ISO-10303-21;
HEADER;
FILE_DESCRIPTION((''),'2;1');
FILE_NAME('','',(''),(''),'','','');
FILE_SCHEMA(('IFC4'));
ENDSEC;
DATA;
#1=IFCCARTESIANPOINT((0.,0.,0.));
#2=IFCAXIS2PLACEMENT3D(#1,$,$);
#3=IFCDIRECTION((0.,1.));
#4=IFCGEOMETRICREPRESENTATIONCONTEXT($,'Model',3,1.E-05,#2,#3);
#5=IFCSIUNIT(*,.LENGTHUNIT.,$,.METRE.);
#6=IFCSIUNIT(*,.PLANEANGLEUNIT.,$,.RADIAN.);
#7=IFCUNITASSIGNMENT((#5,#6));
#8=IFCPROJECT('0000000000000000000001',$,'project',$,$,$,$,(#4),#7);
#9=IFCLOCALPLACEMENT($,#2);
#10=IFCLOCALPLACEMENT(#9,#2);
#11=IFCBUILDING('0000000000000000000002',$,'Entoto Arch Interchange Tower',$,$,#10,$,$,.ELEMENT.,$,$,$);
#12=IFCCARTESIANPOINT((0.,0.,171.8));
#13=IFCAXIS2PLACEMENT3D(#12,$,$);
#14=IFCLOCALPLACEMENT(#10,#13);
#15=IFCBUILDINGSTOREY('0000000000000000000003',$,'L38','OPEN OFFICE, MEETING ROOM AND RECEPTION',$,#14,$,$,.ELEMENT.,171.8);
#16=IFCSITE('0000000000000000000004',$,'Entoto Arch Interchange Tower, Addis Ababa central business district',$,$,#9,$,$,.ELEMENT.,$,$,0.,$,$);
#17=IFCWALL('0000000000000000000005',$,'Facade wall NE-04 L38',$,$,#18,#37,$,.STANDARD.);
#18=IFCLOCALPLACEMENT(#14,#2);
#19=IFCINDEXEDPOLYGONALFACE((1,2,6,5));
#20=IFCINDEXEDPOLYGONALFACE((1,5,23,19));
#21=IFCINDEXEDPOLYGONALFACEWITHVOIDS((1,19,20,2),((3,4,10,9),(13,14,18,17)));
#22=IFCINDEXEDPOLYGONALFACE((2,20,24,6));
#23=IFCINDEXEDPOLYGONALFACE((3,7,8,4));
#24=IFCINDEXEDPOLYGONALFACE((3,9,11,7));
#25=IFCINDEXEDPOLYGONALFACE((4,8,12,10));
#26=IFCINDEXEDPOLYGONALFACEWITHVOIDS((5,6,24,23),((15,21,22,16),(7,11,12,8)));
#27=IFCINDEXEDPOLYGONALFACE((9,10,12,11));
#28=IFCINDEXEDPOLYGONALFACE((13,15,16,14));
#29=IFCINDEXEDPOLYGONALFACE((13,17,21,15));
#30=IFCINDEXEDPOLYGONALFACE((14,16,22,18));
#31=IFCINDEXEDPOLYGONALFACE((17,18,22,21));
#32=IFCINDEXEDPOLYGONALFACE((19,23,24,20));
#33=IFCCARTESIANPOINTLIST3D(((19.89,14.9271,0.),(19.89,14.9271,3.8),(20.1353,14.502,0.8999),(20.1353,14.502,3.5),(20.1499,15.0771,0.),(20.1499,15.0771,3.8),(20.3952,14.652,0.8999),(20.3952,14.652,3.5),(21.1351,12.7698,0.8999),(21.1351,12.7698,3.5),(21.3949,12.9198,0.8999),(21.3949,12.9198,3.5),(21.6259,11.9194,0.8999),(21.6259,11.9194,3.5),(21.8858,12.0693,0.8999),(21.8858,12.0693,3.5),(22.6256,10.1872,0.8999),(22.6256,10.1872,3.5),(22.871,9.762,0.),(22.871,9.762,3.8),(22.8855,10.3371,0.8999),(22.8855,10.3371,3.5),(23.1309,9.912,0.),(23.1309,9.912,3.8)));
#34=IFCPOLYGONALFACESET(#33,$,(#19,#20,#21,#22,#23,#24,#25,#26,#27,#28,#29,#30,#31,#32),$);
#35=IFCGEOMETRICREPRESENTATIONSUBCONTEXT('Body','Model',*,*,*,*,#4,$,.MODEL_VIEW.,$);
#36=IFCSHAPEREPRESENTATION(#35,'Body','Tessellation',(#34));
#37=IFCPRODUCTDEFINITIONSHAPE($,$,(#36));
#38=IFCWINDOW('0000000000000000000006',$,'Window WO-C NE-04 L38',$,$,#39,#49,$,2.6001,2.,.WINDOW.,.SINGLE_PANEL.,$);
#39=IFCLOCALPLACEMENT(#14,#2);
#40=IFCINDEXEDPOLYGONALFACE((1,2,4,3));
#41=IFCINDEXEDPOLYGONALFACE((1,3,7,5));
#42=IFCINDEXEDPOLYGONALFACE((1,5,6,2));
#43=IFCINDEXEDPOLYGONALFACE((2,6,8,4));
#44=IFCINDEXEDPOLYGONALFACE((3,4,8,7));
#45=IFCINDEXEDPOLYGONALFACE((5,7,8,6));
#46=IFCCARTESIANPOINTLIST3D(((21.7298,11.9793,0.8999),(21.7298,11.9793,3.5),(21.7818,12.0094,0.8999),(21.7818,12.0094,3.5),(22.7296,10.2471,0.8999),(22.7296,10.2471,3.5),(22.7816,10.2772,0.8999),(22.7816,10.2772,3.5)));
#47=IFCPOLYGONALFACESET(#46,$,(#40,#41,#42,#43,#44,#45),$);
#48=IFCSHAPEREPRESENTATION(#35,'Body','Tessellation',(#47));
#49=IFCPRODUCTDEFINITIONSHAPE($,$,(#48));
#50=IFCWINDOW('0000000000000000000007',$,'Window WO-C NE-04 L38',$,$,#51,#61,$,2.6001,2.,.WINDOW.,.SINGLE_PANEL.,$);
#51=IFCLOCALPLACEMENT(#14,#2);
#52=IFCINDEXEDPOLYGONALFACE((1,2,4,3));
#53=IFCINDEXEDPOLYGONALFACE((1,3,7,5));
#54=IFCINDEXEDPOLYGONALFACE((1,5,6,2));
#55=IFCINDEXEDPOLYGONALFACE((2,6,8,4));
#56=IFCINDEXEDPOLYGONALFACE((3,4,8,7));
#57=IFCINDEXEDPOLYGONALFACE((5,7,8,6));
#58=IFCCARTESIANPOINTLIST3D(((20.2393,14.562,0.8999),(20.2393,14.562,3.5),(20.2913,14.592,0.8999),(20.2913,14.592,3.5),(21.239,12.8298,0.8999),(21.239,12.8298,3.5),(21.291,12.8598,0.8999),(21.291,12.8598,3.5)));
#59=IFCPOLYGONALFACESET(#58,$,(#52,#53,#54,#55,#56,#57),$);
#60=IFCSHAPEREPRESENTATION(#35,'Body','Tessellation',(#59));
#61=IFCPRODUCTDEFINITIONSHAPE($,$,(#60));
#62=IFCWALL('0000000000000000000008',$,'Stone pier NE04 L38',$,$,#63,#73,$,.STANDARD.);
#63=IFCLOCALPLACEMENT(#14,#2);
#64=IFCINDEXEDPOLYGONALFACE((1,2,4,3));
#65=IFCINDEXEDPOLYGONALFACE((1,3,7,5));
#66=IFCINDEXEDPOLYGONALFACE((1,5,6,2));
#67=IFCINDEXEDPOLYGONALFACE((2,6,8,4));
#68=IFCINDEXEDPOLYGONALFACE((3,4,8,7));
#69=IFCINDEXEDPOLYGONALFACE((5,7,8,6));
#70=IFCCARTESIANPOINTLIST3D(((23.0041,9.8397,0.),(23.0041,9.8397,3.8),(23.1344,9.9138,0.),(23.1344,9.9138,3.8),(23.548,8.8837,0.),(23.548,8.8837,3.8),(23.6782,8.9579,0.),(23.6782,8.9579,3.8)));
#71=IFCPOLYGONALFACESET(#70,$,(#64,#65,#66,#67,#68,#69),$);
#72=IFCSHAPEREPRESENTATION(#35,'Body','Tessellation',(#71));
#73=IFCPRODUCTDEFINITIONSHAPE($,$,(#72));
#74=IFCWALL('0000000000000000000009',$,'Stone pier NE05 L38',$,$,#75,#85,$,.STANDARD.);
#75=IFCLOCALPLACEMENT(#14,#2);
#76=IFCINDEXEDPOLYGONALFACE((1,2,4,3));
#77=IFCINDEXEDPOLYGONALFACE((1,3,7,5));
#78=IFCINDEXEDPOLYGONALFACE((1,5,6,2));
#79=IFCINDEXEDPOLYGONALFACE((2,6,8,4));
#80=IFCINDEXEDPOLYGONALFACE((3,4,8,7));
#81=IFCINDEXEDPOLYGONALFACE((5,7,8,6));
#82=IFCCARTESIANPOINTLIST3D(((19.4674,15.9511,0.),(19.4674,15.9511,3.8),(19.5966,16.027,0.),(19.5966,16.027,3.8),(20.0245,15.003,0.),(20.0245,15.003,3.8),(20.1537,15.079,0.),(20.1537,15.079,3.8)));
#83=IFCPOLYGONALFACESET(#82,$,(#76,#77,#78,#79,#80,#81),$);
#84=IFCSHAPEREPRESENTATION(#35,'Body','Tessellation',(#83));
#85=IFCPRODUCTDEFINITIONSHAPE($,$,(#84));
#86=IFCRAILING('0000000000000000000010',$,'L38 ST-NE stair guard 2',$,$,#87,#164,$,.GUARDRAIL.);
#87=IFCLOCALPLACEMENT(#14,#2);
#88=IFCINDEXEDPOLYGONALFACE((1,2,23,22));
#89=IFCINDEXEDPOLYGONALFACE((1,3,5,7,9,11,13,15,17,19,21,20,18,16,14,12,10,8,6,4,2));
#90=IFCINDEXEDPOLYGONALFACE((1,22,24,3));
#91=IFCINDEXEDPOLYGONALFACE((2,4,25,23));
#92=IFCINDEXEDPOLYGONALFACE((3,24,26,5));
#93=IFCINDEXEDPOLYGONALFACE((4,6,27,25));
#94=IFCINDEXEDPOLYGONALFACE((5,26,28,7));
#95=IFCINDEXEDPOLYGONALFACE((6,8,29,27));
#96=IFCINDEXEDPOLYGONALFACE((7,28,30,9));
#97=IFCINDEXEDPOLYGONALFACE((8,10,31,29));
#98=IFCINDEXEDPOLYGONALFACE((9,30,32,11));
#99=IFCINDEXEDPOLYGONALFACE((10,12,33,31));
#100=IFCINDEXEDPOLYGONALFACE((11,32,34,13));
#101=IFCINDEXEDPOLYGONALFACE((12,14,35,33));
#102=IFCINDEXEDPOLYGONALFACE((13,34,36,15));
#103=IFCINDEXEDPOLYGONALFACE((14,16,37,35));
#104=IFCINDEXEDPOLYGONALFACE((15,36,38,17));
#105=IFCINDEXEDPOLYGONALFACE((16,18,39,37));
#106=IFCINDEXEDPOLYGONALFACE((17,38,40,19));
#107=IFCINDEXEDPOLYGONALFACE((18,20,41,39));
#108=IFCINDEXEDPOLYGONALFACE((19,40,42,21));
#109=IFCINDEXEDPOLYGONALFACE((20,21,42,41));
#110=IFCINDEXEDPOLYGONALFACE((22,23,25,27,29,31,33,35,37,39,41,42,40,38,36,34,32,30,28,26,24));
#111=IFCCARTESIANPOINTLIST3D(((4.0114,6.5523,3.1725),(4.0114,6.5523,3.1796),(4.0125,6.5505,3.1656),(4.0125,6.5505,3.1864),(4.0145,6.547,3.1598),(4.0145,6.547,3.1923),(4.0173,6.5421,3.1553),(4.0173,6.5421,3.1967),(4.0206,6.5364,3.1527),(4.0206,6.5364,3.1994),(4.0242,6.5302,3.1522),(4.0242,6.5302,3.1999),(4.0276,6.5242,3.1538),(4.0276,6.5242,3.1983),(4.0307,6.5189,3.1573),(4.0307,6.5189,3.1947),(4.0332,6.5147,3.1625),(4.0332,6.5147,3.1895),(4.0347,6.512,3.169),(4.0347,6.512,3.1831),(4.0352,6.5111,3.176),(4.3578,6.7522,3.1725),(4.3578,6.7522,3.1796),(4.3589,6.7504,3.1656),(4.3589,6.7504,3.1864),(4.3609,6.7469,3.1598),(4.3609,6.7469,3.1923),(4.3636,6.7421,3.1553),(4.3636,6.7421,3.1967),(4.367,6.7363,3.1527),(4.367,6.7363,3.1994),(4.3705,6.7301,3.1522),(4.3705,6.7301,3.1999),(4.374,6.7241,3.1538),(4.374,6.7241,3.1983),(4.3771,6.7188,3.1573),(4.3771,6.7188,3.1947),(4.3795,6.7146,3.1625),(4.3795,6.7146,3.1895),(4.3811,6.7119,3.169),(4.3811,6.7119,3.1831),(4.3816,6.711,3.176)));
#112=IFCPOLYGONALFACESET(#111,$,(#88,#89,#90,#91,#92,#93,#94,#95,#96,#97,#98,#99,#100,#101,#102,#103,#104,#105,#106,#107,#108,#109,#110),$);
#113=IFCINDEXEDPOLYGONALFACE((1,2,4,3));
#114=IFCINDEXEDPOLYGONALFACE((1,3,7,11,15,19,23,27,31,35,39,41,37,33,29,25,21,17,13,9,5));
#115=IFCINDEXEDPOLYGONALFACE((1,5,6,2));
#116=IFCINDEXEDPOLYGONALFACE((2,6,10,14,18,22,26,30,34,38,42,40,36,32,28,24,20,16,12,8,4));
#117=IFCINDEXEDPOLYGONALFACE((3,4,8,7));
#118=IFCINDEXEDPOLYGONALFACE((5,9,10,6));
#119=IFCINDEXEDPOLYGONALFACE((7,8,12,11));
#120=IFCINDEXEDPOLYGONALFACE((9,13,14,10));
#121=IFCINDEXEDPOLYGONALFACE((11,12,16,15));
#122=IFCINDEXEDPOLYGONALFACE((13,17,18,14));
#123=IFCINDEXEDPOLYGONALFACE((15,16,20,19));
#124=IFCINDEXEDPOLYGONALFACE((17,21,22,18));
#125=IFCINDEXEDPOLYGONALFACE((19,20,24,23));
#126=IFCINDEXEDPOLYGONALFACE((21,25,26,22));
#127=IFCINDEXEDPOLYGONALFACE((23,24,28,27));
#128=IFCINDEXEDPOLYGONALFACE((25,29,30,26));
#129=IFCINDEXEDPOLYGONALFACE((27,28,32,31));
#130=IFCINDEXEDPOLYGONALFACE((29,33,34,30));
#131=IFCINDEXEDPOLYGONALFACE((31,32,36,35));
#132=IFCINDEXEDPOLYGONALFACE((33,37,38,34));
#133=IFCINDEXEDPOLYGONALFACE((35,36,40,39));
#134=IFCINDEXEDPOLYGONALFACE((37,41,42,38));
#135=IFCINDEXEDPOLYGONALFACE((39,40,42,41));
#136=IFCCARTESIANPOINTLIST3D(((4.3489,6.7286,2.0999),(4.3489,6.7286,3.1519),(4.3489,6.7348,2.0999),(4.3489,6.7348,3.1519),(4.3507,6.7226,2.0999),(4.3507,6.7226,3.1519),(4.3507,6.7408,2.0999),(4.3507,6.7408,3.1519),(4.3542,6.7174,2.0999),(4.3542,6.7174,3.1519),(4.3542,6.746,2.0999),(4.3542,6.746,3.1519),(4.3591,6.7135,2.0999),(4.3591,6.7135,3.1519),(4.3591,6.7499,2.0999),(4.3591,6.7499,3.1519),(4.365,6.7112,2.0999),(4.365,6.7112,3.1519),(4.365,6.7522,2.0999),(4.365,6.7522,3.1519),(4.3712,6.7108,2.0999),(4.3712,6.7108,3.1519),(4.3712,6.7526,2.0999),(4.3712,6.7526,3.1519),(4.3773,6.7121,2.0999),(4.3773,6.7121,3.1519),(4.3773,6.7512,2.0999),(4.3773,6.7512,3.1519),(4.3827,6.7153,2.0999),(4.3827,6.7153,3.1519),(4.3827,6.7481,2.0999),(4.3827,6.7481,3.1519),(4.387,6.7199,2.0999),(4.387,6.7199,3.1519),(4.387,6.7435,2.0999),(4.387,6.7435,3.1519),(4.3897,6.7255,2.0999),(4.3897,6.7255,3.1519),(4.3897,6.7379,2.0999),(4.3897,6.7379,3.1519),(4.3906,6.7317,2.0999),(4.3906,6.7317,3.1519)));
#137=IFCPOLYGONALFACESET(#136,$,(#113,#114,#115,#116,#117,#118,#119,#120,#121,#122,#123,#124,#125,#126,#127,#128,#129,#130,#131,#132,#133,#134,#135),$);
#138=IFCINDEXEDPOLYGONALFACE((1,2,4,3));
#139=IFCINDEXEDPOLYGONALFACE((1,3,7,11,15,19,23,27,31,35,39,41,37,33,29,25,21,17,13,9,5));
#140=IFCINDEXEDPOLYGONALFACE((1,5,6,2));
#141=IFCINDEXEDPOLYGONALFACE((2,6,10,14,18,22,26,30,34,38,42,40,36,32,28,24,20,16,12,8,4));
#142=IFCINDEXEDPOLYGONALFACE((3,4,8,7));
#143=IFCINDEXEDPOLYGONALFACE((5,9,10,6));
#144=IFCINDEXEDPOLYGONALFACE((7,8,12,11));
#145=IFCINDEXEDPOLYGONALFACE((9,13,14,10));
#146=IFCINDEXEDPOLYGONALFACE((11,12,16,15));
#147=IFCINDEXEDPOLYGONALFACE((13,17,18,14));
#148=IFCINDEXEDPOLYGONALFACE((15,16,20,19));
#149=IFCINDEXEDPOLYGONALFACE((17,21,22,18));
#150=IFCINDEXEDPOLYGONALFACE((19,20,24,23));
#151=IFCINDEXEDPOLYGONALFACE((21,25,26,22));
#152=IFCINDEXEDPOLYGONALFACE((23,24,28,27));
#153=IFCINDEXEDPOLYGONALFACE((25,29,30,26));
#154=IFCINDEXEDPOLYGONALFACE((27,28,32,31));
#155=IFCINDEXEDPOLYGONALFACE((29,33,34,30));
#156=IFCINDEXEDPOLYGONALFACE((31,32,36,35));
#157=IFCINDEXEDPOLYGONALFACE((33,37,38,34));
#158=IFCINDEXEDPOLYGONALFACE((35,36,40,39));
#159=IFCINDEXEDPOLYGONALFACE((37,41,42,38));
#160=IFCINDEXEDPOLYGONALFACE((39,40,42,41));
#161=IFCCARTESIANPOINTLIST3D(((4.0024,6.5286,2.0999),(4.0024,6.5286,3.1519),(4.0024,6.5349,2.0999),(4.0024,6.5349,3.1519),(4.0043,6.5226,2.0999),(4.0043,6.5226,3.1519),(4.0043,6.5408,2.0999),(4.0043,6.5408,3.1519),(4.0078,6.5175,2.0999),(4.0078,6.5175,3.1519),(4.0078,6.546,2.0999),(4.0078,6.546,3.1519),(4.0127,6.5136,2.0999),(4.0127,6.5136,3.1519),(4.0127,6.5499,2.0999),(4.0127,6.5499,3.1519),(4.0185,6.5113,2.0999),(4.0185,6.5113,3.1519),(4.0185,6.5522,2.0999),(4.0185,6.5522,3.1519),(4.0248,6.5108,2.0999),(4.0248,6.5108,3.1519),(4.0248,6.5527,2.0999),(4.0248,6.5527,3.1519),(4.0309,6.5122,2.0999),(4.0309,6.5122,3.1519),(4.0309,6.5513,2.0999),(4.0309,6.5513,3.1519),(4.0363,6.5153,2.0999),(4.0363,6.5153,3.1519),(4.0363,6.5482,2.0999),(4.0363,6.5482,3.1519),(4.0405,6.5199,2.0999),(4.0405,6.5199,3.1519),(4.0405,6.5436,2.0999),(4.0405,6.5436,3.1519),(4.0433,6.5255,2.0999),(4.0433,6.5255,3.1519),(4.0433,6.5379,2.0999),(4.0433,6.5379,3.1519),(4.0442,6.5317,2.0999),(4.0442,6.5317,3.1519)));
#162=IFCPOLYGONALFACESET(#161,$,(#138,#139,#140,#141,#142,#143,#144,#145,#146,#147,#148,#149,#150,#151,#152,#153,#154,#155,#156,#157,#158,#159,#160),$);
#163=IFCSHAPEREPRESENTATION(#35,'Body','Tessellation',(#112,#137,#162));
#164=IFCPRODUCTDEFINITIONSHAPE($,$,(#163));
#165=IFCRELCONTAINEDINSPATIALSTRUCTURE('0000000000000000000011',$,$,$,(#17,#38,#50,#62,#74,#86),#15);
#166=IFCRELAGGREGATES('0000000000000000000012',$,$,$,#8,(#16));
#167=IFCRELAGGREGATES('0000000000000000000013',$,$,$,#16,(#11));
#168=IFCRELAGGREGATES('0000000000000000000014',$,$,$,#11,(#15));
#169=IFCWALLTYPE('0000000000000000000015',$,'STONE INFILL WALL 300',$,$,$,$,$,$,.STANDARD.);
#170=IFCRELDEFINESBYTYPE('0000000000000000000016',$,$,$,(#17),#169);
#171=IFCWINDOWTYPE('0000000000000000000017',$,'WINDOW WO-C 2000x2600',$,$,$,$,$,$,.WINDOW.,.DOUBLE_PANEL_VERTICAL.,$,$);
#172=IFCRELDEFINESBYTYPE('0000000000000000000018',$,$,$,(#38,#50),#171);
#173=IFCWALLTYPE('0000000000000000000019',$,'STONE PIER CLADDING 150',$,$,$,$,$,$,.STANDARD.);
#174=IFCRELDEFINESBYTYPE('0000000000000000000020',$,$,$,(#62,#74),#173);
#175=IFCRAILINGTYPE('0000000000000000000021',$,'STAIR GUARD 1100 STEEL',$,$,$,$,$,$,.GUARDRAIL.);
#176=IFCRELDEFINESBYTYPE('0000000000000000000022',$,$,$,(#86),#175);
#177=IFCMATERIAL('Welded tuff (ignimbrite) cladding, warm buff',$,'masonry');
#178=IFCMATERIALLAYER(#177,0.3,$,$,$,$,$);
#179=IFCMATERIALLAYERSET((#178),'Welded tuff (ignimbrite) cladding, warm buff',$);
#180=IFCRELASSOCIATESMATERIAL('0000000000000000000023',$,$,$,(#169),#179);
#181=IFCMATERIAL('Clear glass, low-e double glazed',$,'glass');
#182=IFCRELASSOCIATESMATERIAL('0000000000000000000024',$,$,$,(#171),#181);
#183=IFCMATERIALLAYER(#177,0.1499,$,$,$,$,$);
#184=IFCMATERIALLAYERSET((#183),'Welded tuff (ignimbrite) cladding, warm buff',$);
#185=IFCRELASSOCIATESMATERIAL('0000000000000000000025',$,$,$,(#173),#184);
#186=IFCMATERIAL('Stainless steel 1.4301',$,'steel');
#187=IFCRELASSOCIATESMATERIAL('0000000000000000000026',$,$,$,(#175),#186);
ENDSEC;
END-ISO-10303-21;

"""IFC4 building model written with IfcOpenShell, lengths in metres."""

from ifc_helpers import new_model, si_unit, direction, frame, frame_2d, origin, origin_2d, place, context, subcontext, project, spatial, rectangle, circle, extrude, material, layer, layer_set, type_object, element, fill, save


model = new_model("IFC4")

# Units and contexts
model_context = context("Model", 3, precision=1e-05, world=origin(), true_north=direction((0.0, 1.0)))
body_context = subcontext(model_context, "Body", "Model", "MODEL_VIEW")
ifc_project = project(units=[si_unit("LENGTHUNIT", "METRE"), si_unit("PLANEANGLEUNIT", "RADIAN")], contexts=[model_context])

# Site, building, storey
site_placement = place(None, origin())
site = spatial("IfcSite", under=ifc_project, at=site_placement, Name="Entoto Arch Interchange Tower, Addis Ababa central business district", CompositionType="ELEMENT", RefElevation=0.0)
building_placement = place(site_placement, origin())
building = spatial("IfcBuilding", under=site, at=building_placement, Name="Entoto Arch Interchange Tower", CompositionType="ELEMENT")
storey_placement = place(building_placement, frame((0.0, 0.0, 171.8)))
storey = spatial("IfcBuildingStorey", under=building, at=storey_placement, Name="L38", Description="OPEN OFFICE, MEETING ROOM AND RECEPTION", CompositionType="ELEMENT", Elevation=171.8)

# Wall, openings, windows
ifc_material_1 = material(Name="Welded tuff (ignimbrite) cladding, warm buff", Category="masonry")
ifc_layer_1 = layer(ifc_material_1, 0.3)
ifc_layer_set_1 = layer_set([ifc_layer_1], Name="Welded tuff (ignimbrite) cladding, warm buff")
wall_type_1 = type_object("IfcWallType", Name="STONE INFILL WALL 300", PredefinedType="STANDARD", material=ifc_layer_set_1)
wall_1_placement = place(storey_placement, frame((23.001, 9.8369, 0.0), z_axis=(0.0, 0.0, 1.0), x_axis=(-0.499864, 0.866104, 0.0)))
wall_1 = element("IfcWall", 1, at=wall_1_placement, inside=storey, type_object=wall_type_1, Name="Facade wall NE-04 L38", PredefinedType="STANDARD", context=body_context, shape_type="SweptSolid", body=[
    extrude(rectangle(XDim=5.9636, YDim=0.3, at=frame_2d((2.9819, 0.0))), origin(), (0.0, 0.0, 1.0), 3.8),
])
opening_1_placement = place(wall_1_placement, frame((0.491, 0.0, 0.8999)))
opening_1 = element("IfcOpeningElement", 2, at=opening_1_placement, cuts=wall_1, PredefinedType="OPENING", context=body_context, shape_type="SweptSolid", body=[
    extrude(rectangle(XDim=2.0, YDim=2.6001, at=frame_2d((1.0, 1.3))), frame((0.0, 0.1602, 0.0), z_axis=(0.0, -1.0, 0.0), x_axis=(1.0, 0.0, 0.0)), (0.0, 0.0, 1.0), 0.3201),
])
opening_2_placement = place(wall_1_placement, frame((3.4729, 0.0, 0.8999)))
opening_2 = element("IfcOpeningElement", 3, at=opening_2_placement, cuts=wall_1, PredefinedType="OPENING", context=body_context, shape_type="SweptSolid", body=[
    extrude(rectangle(XDim=2.0, YDim=2.6001, at=frame_2d((1.0, 1.3))), frame((0.0, 0.1602, 0.0), z_axis=(0.0, -1.0, 0.0), x_axis=(1.0, 0.0, 0.0)), (0.0, 0.0, 1.0), 0.3201),
])
ifc_material_2 = material(Name="Clear glass, low-e double glazed", Category="glass")
window_type = type_object("IfcWindowType", Name="WINDOW WO-C 2000x2600", PartitioningType="DOUBLE_PANEL_VERTICAL", PredefinedType="WINDOW", material=ifc_material_2)
window_1_placement = place(opening_1_placement, origin())
window_1 = element("IfcWindow", 4, at=window_1_placement, inside=storey, type_object=window_type, Name="Window WO-C NE-04 L38", OverallHeight=2.6001, OverallWidth=2.0, PartitioningType="SINGLE_PANEL", PredefinedType="WINDOW", context=body_context, shape_type="SweptSolid", body=[
    extrude(rectangle(XDim=2.0, YDim=2.6001, at=frame_2d((1.0, 1.3))), frame((0.0, 0.03, 0.0), z_axis=(0.0, -1.0, 0.0), x_axis=(1.0, 0.0, 0.0)), (0.0, 0.0, 1.0), 0.0601),
])
fill(opening_1, window_1)
window_2_placement = place(opening_2_placement, origin())
window_2 = element("IfcWindow", 5, at=window_2_placement, inside=storey, type_object=window_type, Name="Window WO-C NE-04 L38", OverallHeight=2.6001, OverallWidth=2.0, PartitioningType="SINGLE_PANEL", PredefinedType="WINDOW", context=body_context, shape_type="SweptSolid", body=[
    extrude(rectangle(XDim=2.0, YDim=2.6001, at=frame_2d((1.0, 1.3))), frame((0.0, 0.03, 0.0), z_axis=(0.0, -1.0, 0.0), x_axis=(1.0, 0.0, 0.0)), (0.0, 0.0, 1.0), 0.0601),
])
fill(opening_2, window_2)

# Walls
ifc_layer_2 = layer(ifc_material_1, 0.1499)
ifc_layer_set_2 = layer_set([ifc_layer_2], Name="Welded tuff (ignimbrite) cladding, warm buff")
wall_type_2 = type_object("IfcWallType", Name="STONE PIER CLADDING 150", PredefinedType="STANDARD", material=ifc_layer_set_2)
wall_2_placement = place(storey_placement, frame((23.613, 8.9209, 0.0), z_axis=(0.0, 0.0, 1.0), x_axis=(-0.494513, 0.86917, 0.0)))
element("IfcWall", 6, at=wall_2_placement, inside=storey, type_object=wall_type_2, Name="Stone pier NE04 L38", PredefinedType="STANDARD", context=body_context, shape_type="SweptSolid", body=[
    extrude(rectangle(XDim=1.0999, YDim=0.1499, at=frame_2d((0.5498, 0.0))), origin(), (0.0, 0.0, 1.0), 3.8),
])
wall_3_placement = place(storey_placement, frame((20.0891, 15.041, 0.0), z_axis=(0.0, 0.0, 1.0), x_axis=(-0.506671, 0.86214, 0.0)))
element("IfcWall", 7, at=wall_3_placement, inside=storey, type_object=wall_type_2, Name="Stone pier NE05 L38", PredefinedType="STANDARD", context=body_context, shape_type="SweptSolid", body=[
    extrude(rectangle(XDim=1.0996, YDim=0.1499, at=frame_2d((0.5498, 0.0))), origin(), (0.0, 0.0, 1.0), 3.8),
])

# Railing
ifc_material_3 = material(Name="Stainless steel 1.4301", Category="steel")
railing_type = type_object("IfcRailingType", Name="STAIR GUARD 1100 STEEL", PredefinedType="GUARDRAIL", material=ifc_material_3)
railing_1_placement = place(storey_placement, frame((4.3696, 6.7317, 2.0999)))
element("IfcRailing", 8, at=railing_1_placement, inside=storey, type_object=railing_type, Name="L38 ST-NE stair guard 2", PredefinedType="GUARDRAIL", context=body_context, shape_type="SweptSolid", body=[
    extrude(circle(Radius=0.0239, at=origin_2d()), frame((0.0, 0.0, 1.0762), z_axis=(-0.866094, -0.499881, 0.0), x_axis=(0.499881, -0.866094, 0.0)), (0.0, 0.0, 1.0), 0.3999),
    extrude(circle(Radius=0.021, at=origin_2d()), origin(), (0.0, 0.0, 1.0), 1.052),
    extrude(circle(Radius=0.021, at=origin_2d()), frame((-0.3464, -0.2, 0.0)), (0.0, 0.0, 1.0), 1.052),
])

save(model, "model.ifc")
